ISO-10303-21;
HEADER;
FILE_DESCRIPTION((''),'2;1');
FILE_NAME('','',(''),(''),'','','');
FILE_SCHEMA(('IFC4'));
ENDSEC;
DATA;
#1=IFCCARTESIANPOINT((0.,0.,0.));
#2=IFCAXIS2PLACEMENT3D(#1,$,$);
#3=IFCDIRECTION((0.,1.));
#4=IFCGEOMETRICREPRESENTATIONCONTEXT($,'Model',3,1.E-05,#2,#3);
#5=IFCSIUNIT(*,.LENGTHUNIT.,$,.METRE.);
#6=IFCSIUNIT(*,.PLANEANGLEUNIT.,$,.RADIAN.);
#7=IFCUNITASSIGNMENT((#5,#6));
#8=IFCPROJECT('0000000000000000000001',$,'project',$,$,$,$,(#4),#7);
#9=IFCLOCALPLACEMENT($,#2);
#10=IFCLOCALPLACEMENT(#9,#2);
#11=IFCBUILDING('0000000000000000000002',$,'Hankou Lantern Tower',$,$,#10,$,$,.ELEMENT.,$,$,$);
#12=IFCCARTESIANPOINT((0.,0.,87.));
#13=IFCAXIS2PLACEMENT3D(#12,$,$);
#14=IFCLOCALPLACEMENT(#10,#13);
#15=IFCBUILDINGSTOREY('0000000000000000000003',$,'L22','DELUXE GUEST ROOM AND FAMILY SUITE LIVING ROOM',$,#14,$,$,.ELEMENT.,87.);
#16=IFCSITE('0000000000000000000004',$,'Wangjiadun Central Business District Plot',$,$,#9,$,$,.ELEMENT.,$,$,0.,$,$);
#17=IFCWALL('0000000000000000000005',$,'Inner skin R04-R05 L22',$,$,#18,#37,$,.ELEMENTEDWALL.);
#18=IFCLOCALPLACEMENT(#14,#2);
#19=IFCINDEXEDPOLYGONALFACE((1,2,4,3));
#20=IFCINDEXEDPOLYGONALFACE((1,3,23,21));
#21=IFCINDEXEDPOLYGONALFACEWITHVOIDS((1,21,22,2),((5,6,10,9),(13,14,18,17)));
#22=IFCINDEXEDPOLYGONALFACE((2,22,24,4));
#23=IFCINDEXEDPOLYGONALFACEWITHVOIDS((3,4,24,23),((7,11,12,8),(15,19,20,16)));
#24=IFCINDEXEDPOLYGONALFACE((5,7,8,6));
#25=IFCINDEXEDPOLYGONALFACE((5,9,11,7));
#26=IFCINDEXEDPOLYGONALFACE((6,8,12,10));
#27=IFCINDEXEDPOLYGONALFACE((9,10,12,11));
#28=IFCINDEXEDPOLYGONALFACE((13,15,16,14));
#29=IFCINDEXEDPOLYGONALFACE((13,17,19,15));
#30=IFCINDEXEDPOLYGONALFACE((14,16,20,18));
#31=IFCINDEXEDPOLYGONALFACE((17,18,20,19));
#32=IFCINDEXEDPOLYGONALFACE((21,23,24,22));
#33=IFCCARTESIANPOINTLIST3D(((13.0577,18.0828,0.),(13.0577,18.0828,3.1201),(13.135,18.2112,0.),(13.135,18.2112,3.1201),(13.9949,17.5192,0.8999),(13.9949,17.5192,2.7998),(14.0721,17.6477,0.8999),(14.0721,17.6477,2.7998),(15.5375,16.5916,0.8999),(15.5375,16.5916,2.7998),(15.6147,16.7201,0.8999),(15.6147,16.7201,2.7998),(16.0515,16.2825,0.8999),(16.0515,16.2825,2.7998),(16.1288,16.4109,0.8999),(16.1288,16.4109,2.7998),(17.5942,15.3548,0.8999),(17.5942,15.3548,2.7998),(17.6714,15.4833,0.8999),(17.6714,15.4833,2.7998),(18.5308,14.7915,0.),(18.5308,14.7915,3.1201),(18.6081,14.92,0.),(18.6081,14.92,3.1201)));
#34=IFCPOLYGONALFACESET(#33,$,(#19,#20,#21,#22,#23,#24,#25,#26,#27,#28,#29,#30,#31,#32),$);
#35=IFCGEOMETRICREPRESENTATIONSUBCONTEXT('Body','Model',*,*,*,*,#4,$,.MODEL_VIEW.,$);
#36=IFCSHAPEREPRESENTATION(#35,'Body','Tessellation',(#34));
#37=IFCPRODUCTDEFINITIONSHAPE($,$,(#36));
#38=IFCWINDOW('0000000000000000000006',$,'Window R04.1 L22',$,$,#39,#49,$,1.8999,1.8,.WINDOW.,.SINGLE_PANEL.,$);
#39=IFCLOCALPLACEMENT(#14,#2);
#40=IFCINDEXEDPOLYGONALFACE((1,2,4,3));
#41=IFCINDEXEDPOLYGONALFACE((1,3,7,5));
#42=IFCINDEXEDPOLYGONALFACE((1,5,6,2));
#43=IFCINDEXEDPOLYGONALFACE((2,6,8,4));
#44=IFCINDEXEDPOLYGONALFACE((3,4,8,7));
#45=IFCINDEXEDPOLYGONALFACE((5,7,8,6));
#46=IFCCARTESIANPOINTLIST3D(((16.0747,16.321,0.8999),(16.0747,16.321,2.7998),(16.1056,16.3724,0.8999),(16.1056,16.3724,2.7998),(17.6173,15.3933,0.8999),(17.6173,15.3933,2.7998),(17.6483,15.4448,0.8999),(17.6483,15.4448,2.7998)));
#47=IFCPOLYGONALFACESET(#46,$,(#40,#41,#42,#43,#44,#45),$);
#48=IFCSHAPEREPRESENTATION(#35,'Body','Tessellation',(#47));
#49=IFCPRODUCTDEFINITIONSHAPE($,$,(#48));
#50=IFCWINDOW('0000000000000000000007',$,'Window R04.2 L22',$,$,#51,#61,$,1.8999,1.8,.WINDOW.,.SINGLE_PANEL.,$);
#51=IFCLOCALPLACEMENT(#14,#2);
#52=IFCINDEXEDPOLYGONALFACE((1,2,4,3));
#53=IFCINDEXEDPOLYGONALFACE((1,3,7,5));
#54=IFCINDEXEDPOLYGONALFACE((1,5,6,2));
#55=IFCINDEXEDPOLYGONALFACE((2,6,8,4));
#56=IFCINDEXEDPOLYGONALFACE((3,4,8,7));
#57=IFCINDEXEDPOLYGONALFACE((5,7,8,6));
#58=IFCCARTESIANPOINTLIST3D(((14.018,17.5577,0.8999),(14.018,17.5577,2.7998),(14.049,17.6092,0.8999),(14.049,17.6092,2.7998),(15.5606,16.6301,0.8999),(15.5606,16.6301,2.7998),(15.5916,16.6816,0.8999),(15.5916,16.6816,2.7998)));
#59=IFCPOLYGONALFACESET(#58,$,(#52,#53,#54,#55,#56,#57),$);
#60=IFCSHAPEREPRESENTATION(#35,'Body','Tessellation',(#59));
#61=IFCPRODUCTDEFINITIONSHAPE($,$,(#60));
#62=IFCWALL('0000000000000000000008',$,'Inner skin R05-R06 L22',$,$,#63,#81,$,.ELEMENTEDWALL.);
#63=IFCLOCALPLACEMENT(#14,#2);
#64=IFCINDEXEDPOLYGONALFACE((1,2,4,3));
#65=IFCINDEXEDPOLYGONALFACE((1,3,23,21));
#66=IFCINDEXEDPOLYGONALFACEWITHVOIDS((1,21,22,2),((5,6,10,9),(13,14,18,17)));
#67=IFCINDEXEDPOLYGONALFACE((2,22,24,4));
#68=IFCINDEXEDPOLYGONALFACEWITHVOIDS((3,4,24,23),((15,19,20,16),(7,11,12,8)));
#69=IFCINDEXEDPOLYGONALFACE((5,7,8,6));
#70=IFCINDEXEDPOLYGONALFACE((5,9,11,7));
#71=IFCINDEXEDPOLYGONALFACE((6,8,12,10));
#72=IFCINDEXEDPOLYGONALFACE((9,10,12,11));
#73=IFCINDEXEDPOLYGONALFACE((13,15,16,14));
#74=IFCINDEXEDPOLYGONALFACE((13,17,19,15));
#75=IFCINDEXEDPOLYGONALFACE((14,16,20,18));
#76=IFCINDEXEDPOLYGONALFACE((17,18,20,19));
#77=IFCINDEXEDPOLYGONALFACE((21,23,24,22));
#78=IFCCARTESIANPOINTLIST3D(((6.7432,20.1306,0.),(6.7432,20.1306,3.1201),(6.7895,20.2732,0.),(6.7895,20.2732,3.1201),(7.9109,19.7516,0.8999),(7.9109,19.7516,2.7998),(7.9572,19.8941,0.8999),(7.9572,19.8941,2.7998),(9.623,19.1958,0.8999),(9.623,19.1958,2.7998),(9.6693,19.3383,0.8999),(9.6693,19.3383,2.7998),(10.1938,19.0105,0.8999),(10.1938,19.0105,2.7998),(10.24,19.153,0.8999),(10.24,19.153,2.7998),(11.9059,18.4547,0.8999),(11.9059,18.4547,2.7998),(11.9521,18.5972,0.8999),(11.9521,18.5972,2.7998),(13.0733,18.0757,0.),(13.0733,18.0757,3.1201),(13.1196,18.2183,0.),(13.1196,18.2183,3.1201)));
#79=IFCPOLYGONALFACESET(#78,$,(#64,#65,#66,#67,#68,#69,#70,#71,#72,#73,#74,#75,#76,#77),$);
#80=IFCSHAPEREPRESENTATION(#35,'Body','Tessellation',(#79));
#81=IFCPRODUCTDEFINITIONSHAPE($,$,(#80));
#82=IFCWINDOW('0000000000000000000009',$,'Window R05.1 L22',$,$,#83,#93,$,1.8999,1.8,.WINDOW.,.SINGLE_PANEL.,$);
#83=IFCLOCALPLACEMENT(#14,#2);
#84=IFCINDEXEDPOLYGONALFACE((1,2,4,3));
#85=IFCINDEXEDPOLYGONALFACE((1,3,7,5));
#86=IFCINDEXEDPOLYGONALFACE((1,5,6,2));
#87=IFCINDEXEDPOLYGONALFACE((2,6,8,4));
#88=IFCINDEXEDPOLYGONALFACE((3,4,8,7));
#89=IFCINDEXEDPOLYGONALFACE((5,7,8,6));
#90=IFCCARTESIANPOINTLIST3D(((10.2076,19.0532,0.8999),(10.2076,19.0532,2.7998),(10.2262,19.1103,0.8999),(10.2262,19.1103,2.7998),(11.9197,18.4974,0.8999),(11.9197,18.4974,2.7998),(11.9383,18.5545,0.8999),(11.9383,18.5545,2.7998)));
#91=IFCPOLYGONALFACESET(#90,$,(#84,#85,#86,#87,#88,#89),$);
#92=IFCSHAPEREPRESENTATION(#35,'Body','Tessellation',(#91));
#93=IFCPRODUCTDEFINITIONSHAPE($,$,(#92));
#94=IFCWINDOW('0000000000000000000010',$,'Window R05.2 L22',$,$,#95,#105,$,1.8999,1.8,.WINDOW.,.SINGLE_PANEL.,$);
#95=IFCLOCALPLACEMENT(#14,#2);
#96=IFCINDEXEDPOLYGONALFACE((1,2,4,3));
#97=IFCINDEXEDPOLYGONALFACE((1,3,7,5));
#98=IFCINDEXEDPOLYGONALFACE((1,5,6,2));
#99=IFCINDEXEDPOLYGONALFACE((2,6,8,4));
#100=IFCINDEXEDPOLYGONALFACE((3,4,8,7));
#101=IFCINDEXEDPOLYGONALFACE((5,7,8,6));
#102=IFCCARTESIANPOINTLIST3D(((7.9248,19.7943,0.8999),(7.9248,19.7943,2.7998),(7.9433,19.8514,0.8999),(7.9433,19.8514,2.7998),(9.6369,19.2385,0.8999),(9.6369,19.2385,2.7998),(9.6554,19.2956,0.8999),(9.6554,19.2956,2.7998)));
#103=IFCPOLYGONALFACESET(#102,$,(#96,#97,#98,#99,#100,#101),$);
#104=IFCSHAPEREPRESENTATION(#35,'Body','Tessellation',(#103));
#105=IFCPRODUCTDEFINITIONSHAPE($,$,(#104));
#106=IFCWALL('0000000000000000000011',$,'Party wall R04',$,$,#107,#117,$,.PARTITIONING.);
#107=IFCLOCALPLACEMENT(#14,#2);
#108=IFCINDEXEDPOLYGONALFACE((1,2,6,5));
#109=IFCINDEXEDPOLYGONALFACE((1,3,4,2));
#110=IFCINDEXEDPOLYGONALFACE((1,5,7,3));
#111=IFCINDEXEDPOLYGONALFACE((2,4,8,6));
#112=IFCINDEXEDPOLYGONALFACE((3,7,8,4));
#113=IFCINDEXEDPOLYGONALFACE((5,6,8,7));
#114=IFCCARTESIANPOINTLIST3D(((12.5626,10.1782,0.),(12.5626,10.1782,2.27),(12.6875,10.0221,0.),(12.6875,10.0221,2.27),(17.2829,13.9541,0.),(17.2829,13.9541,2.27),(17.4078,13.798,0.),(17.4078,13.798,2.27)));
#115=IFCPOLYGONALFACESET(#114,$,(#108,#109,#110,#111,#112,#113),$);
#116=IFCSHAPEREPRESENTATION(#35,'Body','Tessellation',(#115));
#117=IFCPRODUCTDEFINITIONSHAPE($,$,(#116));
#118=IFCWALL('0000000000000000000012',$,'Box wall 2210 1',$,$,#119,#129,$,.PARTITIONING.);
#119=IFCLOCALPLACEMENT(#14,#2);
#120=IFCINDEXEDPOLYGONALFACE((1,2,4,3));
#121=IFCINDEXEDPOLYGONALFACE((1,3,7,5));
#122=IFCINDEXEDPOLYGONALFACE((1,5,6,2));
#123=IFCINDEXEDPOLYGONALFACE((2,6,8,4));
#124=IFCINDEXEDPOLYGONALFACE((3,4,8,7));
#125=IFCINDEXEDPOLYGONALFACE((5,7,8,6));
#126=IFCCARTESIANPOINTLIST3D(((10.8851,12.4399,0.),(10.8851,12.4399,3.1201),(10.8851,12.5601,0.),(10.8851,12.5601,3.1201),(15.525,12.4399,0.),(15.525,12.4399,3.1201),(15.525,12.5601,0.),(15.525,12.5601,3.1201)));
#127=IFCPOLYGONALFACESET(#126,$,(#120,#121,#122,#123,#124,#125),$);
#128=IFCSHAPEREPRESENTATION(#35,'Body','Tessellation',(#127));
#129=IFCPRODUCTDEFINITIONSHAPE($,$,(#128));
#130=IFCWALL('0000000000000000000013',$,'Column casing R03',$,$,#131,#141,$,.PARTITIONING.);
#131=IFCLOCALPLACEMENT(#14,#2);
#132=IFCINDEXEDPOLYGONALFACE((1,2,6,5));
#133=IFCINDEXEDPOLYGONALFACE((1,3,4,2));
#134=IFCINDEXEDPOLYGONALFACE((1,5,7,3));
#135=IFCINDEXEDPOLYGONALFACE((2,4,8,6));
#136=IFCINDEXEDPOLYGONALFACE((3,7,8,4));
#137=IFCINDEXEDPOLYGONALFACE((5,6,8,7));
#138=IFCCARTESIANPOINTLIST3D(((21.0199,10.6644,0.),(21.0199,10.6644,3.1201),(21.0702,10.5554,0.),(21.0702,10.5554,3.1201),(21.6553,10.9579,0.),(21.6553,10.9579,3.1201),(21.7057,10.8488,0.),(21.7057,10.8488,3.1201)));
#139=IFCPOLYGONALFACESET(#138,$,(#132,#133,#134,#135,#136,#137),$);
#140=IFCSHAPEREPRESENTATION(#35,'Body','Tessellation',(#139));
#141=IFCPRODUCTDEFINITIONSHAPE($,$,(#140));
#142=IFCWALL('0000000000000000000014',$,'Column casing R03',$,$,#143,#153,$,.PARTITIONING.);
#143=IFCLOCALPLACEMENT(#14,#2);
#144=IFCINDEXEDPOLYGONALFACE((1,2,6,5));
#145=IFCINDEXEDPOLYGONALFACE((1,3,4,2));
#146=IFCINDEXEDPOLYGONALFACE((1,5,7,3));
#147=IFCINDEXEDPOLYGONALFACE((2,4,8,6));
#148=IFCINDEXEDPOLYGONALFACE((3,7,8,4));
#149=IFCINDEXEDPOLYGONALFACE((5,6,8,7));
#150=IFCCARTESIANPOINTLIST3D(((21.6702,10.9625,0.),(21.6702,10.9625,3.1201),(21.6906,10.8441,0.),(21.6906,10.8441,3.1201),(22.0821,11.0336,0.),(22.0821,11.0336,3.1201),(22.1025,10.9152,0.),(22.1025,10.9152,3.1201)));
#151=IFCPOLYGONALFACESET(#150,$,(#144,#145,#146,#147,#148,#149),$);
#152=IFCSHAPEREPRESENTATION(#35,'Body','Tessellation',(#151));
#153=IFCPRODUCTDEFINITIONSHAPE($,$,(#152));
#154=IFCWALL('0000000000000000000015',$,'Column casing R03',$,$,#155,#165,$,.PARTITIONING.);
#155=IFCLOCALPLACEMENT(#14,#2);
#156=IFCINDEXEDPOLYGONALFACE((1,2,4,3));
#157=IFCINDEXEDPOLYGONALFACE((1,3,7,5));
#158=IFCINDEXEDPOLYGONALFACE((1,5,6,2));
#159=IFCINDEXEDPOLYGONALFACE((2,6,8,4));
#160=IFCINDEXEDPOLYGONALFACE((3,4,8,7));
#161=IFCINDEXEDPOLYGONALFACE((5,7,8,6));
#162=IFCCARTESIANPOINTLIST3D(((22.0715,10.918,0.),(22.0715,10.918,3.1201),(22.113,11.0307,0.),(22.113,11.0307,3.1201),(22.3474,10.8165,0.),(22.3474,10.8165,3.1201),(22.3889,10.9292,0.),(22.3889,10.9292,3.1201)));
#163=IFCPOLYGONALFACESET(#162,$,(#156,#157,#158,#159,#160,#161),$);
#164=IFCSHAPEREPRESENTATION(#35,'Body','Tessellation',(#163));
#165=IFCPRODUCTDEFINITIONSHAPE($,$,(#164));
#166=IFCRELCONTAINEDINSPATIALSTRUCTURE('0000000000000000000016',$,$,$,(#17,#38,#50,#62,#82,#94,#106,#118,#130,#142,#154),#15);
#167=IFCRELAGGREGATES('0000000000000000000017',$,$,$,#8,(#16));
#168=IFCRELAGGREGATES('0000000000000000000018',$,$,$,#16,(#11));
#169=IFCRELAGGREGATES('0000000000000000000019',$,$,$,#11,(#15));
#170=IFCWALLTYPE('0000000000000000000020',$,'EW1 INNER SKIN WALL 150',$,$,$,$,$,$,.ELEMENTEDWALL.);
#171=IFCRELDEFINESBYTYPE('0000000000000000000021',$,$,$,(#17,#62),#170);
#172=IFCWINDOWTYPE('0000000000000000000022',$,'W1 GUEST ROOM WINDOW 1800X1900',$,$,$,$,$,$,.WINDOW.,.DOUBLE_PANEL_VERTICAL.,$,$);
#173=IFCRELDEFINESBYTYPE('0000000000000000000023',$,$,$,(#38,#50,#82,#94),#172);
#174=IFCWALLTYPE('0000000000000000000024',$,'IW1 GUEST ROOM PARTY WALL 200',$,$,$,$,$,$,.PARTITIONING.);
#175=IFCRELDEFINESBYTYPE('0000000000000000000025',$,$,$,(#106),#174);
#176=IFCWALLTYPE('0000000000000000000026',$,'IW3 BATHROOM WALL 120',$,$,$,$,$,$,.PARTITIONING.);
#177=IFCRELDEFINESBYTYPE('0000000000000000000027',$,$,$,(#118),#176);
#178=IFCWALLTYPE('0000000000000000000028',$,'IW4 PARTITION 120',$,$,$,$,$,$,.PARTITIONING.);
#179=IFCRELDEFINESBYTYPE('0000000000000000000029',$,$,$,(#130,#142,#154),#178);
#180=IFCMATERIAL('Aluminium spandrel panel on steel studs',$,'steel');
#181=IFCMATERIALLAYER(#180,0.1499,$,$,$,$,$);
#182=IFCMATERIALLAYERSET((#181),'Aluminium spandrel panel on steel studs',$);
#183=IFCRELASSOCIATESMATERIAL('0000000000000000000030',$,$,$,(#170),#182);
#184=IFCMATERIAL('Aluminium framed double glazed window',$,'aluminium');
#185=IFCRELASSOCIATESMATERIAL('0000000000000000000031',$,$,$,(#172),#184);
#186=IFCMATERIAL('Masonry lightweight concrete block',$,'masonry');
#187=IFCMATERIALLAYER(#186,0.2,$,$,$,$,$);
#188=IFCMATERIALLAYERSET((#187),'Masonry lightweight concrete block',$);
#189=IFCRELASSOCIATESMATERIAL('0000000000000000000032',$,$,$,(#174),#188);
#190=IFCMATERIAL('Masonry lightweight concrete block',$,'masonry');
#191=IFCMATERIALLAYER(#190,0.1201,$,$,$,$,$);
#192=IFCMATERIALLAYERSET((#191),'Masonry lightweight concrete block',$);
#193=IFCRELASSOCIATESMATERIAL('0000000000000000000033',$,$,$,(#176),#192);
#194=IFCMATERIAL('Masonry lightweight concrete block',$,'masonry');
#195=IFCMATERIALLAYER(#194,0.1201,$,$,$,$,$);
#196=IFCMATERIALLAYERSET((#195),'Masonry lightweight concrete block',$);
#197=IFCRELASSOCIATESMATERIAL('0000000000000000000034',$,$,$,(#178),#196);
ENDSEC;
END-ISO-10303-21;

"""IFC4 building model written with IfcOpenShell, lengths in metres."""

from ifc_helpers import new_model, si_unit, direction, frame, frame_2d, origin, place, context, subcontext, project, spatial, rectangle, extrude, material, layer, layer_set, type_object, element, fill, save


model = new_model("IFC4")

# Units and contexts
model_context = context("Model", 3, precision=1e-05, world=origin(), true_north=direction((0.0, 1.0)))
body_context = subcontext(model_context, "Body", "Model", "MODEL_VIEW")
ifc_project = project(units=[si_unit("LENGTHUNIT", "METRE"), si_unit("PLANEANGLEUNIT", "RADIAN")], contexts=[model_context])

# Site, building, storey
site_placement = place(None, origin())
site = spatial("IfcSite", under=ifc_project, at=site_placement, Name="Wangjiadun Central Business District Plot", CompositionType="ELEMENT", RefElevation=0.0)
building_placement = place(site_placement, origin())
building = spatial("IfcBuilding", under=site, at=building_placement, Name="Hankou Lantern Tower", CompositionType="ELEMENT")
storey_placement = place(building_placement, frame((0.0, 0.0, 87.0)))
storey = spatial("IfcBuildingStorey", under=building, at=storey_placement, Name="L22", Description="DELUXE GUEST ROOM AND FAMILY SUITE LIVING ROOM", CompositionType="ELEMENT", Elevation=87.0)

# Walls, openings, windows
ifc_material_1 = material(Name="Aluminium spandrel panel on steel studs", Category="steel")
ifc_layer_1 = layer(ifc_material_1, 0.1499)
ifc_layer_set_1 = layer_set([ifc_layer_1], Name="Aluminium spandrel panel on steel studs")
wall_type_1 = type_object("IfcWallType", Name="EW1 INNER SKIN WALL 150", PredefinedType="ELEMENTEDWALL", material=ifc_layer_set_1)
ifc_material_2 = material(Name="Aluminium framed double glazed window", Category="aluminium")
window_type = type_object("IfcWindowType", Name="W1 GUEST ROOM WINDOW 1800X1900", PartitioningType="DOUBLE_PANEL_VERTICAL", PredefinedType="WINDOW", material=ifc_material_2)
wall_1_placement = place(storey_placement, frame((18.5696, 14.8557, 0.0), z_axis=(0.0, 0.0, 1.0), x_axis=(-0.856983, 0.515344, 0.0)))
wall_1 = element("IfcWall", 1, at=wall_1_placement, inside=storey, type_object=wall_type_1, Name="Inner skin R04-R05 L22", PredefinedType="ELEMENTEDWALL", context=body_context, shape_type="SweptSolid", body=[
    extrude(rectangle(XDim=6.3865, YDim=0.1499, at=frame_2d((3.1934, 0.0))), origin(), (0.0, 0.0, 1.0), 3.1201),
])
opening_1_placement = place(wall_1_placement, frame((1.0933, 0.0, 0.8999)))
opening_1 = element("IfcOpeningElement", 2, at=opening_1_placement, cuts=wall_1, PredefinedType="OPENING", context=body_context, shape_type="SweptSolid", body=[
    extrude(rectangle(XDim=1.8, YDim=1.8999, at=frame_2d((0.8999, 0.95))), frame((0.0, 0.085, 0.0), z_axis=(0.0, -1.0, 0.0), x_axis=(1.0, 0.0, 0.0)), (0.0, 0.0, 1.0), 0.1699),
])
opening_2_placement = place(wall_1_placement, frame((3.4932, 0.0, 0.8999)))
opening_2 = element("IfcOpeningElement", 3, at=opening_2_placement, cuts=wall_1, PredefinedType="OPENING", context=body_context, shape_type="SweptSolid", body=[
    extrude(rectangle(XDim=1.8, YDim=1.8999, at=frame_2d((0.8999, 0.95))), frame((0.0, 0.085, 0.0), z_axis=(0.0, -1.0, 0.0), x_axis=(1.0, 0.0, 0.0)), (0.0, 0.0, 1.0), 0.1699),
])
window_1_placement = place(opening_1_placement, origin())
window_1 = element("IfcWindow", 4, at=window_1_placement, inside=storey, type_object=window_type, Name="Window R04.1 L22", OverallHeight=1.8999, OverallWidth=1.8, PartitioningType="SINGLE_PANEL", PredefinedType="WINDOW", context=body_context, shape_type="SweptSolid", body=[
    extrude(rectangle(XDim=1.8, YDim=1.8999, at=frame_2d((0.8999, 0.95))), frame((0.0, 0.03, 0.0), z_axis=(0.0, -1.0, 0.0), x_axis=(1.0, 0.0, 0.0)), (0.0, 0.0, 1.0), 0.0601),
])
fill(opening_1, window_1)
window_2_placement = place(opening_2_placement, origin())
window_2 = element("IfcWindow", 5, at=window_2_placement, inside=storey, type_object=window_type, Name="Window R04.2 L22", OverallHeight=1.8999, OverallWidth=1.8, PartitioningType="SINGLE_PANEL", PredefinedType="WINDOW", context=body_context, shape_type="SweptSolid", body=[
    extrude(rectangle(XDim=1.8, YDim=1.8999, at=frame_2d((0.8999, 0.95))), frame((0.0, 0.03, 0.0), z_axis=(0.0, -1.0, 0.0), x_axis=(1.0, 0.0, 0.0)), (0.0, 0.0, 1.0), 0.0601),
])
fill(opening_2, window_2)
wall_2_placement = place(storey_placement, frame((13.0964, 18.147, 0.0), z_axis=(0.0, 0.0, 1.0), x_axis=(-0.951138, 0.308768, 0.0)))
wall_2 = element("IfcWall", 6, at=wall_2_placement, inside=storey, type_object=wall_type_1, Name="Inner skin R05-R06 L22", PredefinedType="ELEMENTEDWALL", context=body_context, shape_type="SweptSolid", body=[
    extrude(rectangle(XDim=6.6553, YDim=0.1499, at=frame_2d((3.3276, 0.0))), origin(), (0.0, 0.0, 1.0), 3.1201),
])
opening_3_placement = place(wall_2_placement, frame((1.2275, 0.0, 0.8999)))
opening_3 = element("IfcOpeningElement", 7, at=opening_3_placement, cuts=wall_2, PredefinedType="OPENING", context=body_context, shape_type="SweptSolid", body=[
    extrude(rectangle(XDim=1.8, YDim=1.8999, at=frame_2d((0.8999, 0.95))), frame((0.0, 0.085, 0.0), z_axis=(0.0, -1.0, 0.0), x_axis=(1.0, 0.0, 0.0)), (0.0, 0.0, 1.0), 0.1699),
])
opening_4_placement = place(wall_2_placement, frame((3.6277, 0.0, 0.8999)))
opening_4 = element("IfcOpeningElement", 8, at=opening_4_placement, cuts=wall_2, PredefinedType="OPENING", context=body_context, shape_type="SweptSolid", body=[
    extrude(rectangle(XDim=1.8, YDim=1.8999, at=frame_2d((0.8999, 0.95))), frame((0.0, 0.085, 0.0), z_axis=(0.0, -1.0, 0.0), x_axis=(1.0, 0.0, 0.0)), (0.0, 0.0, 1.0), 0.1699),
])
window_3_placement = place(opening_3_placement, origin())
window_3 = element("IfcWindow", 9, at=window_3_placement, inside=storey, type_object=window_type, Name="Window R05.1 L22", OverallHeight=1.8999, OverallWidth=1.8, PartitioningType="SINGLE_PANEL", PredefinedType="WINDOW", context=body_context, shape_type="SweptSolid", body=[
    extrude(rectangle(XDim=1.8, YDim=1.8999, at=frame_2d((0.8999, 0.95))), frame((0.0, 0.03, 0.0), z_axis=(0.0, -1.0, 0.0), x_axis=(1.0, 0.0, 0.0)), (0.0, 0.0, 1.0), 0.0601),
])
fill(opening_3, window_3)
window_4_placement = place(opening_4_placement, origin())
window_4 = element("IfcWindow", 10, at=window_4_placement, inside=storey, type_object=window_type, Name="Window R05.2 L22", OverallHeight=1.8999, OverallWidth=1.8, PartitioningType="SINGLE_PANEL", PredefinedType="WINDOW", context=body_context, shape_type="SweptSolid", body=[
    extrude(rectangle(XDim=1.8, YDim=1.8999, at=frame_2d((0.8999, 0.95))), frame((0.0, 0.03, 0.0), z_axis=(0.0, -1.0, 0.0), x_axis=(1.0, 0.0, 0.0)), (0.0, 0.0, 1.0), 0.0601),
])
fill(opening_4, window_4)

# Walls
ifc_material_3 = material(Name="Masonry lightweight concrete block", Category="masonry")
ifc_layer_2 = layer(ifc_material_3, 0.2)
ifc_layer_set_2 = layer_set([ifc_layer_2], Name="Masonry lightweight concrete block")
wall_type_2 = type_object("IfcWallType", Name="IW1 GUEST ROOM PARTY WALL 200", PredefinedType="PARTITIONING", material=ifc_layer_set_2)
wall_3_placement = place(storey_placement, frame((12.625, 10.1001, 0.0), z_axis=(0.0, 0.0, 1.0), x_axis=(0.780892, 0.624665, 0.0)))
element("IfcWall", 11, at=wall_3_placement, inside=storey, type_object=wall_type_2, Name="Party wall R04", PredefinedType="PARTITIONING", context=body_context, shape_type="SweptSolid", body=[
    extrude(rectangle(XDim=6.0447, YDim=0.2, at=frame_2d((3.0225, 0.0))), origin(), (0.0, 0.0, 1.0), 2.27),
])
ifc_material_4 = material(Name="Masonry lightweight concrete block", Category="masonry")
ifc_layer_3 = layer(ifc_material_4, 0.1201)
ifc_layer_set_3 = layer_set([ifc_layer_3], Name="Masonry lightweight concrete block")
wall_type_3 = type_object("IfcWallType", Name="IW3 BATHROOM WALL 120", PredefinedType="PARTITIONING", material=ifc_layer_set_3)
wall_4_placement = place(storey_placement, frame((15.5249, 12.5, 0.0), z_axis=(0.0, 0.0, 1.0), x_axis=(-1.0, 0.0, 0.0)))
element("IfcWall", 12, at=wall_4_placement, inside=storey, type_object=wall_type_3, Name="Box wall 2210 1", PredefinedType="PARTITIONING", context=body_context, shape_type="SweptSolid", body=[
    extrude(rectangle(XDim=4.6399, YDim=0.1201, at=frame_2d((2.3198, 0.0))), origin(), (0.0, 0.0, 1.0), 3.1201),
])
ifc_material_5 = material(Name="Masonry lightweight concrete block", Category="masonry")
ifc_layer_4 = layer(ifc_material_5, 0.1201)
ifc_layer_set_4 = layer_set([ifc_layer_4], Name="Masonry lightweight concrete block")
wall_type_4 = type_object("IfcWallType", Name="IW4 PARTITION 120", PredefinedType="PARTITIONING", material=ifc_layer_set_4)
wall_5_placement = place(storey_placement, frame((21.0449, 10.6099, 0.0), z_axis=(0.0, 0.0, 1.0), x_axis=(0.907878, 0.419235, 0.0)))
element("IfcWall", 13, at=wall_5_placement, inside=storey, type_object=wall_type_4, Name="Column casing R03", PredefinedType="PARTITIONING", context=body_context, shape_type="SweptSolid", body=[
    extrude(rectangle(XDim=0.7, YDim=0.1201, at=frame_2d((0.3501, 0.0))), origin(), (0.0, 0.0, 1.0), 3.1201),
])
wall_6_placement = place(storey_placement, frame((21.6804, 10.9033, 0.0), z_axis=(0.0, 0.0, 1.0), x_axis=(0.985447, 0.169985, 0.0)))
element("IfcWall", 14, at=wall_6_placement, inside=storey, type_object=wall_type_4, Name="Column casing R03", PredefinedType="PARTITIONING", context=body_context, shape_type="SweptSolid", body=[
    extrude(rectangle(XDim=0.418, YDim=0.1201, at=frame_2d((0.209, 0.0))), origin(), (0.0, 0.0, 1.0), 3.1201),
])
wall_7_placement = place(storey_placement, frame((22.0923, 10.9744, 0.0), z_axis=(0.0, 0.0, 1.0), x_axis=(0.938428, -0.345474, 0.0)))
element("IfcWall", 15, at=wall_7_placement, inside=storey, type_object=wall_type_4, Name="Column casing R03", PredefinedType="PARTITIONING", context=body_context, shape_type="SweptSolid", body=[
    extrude(rectangle(XDim=0.2939, YDim=0.1201, at=frame_2d((0.147, 0.0))), origin(), (0.0, 0.0, 1.0), 3.1201),
])

save(model, "model.ifc")
